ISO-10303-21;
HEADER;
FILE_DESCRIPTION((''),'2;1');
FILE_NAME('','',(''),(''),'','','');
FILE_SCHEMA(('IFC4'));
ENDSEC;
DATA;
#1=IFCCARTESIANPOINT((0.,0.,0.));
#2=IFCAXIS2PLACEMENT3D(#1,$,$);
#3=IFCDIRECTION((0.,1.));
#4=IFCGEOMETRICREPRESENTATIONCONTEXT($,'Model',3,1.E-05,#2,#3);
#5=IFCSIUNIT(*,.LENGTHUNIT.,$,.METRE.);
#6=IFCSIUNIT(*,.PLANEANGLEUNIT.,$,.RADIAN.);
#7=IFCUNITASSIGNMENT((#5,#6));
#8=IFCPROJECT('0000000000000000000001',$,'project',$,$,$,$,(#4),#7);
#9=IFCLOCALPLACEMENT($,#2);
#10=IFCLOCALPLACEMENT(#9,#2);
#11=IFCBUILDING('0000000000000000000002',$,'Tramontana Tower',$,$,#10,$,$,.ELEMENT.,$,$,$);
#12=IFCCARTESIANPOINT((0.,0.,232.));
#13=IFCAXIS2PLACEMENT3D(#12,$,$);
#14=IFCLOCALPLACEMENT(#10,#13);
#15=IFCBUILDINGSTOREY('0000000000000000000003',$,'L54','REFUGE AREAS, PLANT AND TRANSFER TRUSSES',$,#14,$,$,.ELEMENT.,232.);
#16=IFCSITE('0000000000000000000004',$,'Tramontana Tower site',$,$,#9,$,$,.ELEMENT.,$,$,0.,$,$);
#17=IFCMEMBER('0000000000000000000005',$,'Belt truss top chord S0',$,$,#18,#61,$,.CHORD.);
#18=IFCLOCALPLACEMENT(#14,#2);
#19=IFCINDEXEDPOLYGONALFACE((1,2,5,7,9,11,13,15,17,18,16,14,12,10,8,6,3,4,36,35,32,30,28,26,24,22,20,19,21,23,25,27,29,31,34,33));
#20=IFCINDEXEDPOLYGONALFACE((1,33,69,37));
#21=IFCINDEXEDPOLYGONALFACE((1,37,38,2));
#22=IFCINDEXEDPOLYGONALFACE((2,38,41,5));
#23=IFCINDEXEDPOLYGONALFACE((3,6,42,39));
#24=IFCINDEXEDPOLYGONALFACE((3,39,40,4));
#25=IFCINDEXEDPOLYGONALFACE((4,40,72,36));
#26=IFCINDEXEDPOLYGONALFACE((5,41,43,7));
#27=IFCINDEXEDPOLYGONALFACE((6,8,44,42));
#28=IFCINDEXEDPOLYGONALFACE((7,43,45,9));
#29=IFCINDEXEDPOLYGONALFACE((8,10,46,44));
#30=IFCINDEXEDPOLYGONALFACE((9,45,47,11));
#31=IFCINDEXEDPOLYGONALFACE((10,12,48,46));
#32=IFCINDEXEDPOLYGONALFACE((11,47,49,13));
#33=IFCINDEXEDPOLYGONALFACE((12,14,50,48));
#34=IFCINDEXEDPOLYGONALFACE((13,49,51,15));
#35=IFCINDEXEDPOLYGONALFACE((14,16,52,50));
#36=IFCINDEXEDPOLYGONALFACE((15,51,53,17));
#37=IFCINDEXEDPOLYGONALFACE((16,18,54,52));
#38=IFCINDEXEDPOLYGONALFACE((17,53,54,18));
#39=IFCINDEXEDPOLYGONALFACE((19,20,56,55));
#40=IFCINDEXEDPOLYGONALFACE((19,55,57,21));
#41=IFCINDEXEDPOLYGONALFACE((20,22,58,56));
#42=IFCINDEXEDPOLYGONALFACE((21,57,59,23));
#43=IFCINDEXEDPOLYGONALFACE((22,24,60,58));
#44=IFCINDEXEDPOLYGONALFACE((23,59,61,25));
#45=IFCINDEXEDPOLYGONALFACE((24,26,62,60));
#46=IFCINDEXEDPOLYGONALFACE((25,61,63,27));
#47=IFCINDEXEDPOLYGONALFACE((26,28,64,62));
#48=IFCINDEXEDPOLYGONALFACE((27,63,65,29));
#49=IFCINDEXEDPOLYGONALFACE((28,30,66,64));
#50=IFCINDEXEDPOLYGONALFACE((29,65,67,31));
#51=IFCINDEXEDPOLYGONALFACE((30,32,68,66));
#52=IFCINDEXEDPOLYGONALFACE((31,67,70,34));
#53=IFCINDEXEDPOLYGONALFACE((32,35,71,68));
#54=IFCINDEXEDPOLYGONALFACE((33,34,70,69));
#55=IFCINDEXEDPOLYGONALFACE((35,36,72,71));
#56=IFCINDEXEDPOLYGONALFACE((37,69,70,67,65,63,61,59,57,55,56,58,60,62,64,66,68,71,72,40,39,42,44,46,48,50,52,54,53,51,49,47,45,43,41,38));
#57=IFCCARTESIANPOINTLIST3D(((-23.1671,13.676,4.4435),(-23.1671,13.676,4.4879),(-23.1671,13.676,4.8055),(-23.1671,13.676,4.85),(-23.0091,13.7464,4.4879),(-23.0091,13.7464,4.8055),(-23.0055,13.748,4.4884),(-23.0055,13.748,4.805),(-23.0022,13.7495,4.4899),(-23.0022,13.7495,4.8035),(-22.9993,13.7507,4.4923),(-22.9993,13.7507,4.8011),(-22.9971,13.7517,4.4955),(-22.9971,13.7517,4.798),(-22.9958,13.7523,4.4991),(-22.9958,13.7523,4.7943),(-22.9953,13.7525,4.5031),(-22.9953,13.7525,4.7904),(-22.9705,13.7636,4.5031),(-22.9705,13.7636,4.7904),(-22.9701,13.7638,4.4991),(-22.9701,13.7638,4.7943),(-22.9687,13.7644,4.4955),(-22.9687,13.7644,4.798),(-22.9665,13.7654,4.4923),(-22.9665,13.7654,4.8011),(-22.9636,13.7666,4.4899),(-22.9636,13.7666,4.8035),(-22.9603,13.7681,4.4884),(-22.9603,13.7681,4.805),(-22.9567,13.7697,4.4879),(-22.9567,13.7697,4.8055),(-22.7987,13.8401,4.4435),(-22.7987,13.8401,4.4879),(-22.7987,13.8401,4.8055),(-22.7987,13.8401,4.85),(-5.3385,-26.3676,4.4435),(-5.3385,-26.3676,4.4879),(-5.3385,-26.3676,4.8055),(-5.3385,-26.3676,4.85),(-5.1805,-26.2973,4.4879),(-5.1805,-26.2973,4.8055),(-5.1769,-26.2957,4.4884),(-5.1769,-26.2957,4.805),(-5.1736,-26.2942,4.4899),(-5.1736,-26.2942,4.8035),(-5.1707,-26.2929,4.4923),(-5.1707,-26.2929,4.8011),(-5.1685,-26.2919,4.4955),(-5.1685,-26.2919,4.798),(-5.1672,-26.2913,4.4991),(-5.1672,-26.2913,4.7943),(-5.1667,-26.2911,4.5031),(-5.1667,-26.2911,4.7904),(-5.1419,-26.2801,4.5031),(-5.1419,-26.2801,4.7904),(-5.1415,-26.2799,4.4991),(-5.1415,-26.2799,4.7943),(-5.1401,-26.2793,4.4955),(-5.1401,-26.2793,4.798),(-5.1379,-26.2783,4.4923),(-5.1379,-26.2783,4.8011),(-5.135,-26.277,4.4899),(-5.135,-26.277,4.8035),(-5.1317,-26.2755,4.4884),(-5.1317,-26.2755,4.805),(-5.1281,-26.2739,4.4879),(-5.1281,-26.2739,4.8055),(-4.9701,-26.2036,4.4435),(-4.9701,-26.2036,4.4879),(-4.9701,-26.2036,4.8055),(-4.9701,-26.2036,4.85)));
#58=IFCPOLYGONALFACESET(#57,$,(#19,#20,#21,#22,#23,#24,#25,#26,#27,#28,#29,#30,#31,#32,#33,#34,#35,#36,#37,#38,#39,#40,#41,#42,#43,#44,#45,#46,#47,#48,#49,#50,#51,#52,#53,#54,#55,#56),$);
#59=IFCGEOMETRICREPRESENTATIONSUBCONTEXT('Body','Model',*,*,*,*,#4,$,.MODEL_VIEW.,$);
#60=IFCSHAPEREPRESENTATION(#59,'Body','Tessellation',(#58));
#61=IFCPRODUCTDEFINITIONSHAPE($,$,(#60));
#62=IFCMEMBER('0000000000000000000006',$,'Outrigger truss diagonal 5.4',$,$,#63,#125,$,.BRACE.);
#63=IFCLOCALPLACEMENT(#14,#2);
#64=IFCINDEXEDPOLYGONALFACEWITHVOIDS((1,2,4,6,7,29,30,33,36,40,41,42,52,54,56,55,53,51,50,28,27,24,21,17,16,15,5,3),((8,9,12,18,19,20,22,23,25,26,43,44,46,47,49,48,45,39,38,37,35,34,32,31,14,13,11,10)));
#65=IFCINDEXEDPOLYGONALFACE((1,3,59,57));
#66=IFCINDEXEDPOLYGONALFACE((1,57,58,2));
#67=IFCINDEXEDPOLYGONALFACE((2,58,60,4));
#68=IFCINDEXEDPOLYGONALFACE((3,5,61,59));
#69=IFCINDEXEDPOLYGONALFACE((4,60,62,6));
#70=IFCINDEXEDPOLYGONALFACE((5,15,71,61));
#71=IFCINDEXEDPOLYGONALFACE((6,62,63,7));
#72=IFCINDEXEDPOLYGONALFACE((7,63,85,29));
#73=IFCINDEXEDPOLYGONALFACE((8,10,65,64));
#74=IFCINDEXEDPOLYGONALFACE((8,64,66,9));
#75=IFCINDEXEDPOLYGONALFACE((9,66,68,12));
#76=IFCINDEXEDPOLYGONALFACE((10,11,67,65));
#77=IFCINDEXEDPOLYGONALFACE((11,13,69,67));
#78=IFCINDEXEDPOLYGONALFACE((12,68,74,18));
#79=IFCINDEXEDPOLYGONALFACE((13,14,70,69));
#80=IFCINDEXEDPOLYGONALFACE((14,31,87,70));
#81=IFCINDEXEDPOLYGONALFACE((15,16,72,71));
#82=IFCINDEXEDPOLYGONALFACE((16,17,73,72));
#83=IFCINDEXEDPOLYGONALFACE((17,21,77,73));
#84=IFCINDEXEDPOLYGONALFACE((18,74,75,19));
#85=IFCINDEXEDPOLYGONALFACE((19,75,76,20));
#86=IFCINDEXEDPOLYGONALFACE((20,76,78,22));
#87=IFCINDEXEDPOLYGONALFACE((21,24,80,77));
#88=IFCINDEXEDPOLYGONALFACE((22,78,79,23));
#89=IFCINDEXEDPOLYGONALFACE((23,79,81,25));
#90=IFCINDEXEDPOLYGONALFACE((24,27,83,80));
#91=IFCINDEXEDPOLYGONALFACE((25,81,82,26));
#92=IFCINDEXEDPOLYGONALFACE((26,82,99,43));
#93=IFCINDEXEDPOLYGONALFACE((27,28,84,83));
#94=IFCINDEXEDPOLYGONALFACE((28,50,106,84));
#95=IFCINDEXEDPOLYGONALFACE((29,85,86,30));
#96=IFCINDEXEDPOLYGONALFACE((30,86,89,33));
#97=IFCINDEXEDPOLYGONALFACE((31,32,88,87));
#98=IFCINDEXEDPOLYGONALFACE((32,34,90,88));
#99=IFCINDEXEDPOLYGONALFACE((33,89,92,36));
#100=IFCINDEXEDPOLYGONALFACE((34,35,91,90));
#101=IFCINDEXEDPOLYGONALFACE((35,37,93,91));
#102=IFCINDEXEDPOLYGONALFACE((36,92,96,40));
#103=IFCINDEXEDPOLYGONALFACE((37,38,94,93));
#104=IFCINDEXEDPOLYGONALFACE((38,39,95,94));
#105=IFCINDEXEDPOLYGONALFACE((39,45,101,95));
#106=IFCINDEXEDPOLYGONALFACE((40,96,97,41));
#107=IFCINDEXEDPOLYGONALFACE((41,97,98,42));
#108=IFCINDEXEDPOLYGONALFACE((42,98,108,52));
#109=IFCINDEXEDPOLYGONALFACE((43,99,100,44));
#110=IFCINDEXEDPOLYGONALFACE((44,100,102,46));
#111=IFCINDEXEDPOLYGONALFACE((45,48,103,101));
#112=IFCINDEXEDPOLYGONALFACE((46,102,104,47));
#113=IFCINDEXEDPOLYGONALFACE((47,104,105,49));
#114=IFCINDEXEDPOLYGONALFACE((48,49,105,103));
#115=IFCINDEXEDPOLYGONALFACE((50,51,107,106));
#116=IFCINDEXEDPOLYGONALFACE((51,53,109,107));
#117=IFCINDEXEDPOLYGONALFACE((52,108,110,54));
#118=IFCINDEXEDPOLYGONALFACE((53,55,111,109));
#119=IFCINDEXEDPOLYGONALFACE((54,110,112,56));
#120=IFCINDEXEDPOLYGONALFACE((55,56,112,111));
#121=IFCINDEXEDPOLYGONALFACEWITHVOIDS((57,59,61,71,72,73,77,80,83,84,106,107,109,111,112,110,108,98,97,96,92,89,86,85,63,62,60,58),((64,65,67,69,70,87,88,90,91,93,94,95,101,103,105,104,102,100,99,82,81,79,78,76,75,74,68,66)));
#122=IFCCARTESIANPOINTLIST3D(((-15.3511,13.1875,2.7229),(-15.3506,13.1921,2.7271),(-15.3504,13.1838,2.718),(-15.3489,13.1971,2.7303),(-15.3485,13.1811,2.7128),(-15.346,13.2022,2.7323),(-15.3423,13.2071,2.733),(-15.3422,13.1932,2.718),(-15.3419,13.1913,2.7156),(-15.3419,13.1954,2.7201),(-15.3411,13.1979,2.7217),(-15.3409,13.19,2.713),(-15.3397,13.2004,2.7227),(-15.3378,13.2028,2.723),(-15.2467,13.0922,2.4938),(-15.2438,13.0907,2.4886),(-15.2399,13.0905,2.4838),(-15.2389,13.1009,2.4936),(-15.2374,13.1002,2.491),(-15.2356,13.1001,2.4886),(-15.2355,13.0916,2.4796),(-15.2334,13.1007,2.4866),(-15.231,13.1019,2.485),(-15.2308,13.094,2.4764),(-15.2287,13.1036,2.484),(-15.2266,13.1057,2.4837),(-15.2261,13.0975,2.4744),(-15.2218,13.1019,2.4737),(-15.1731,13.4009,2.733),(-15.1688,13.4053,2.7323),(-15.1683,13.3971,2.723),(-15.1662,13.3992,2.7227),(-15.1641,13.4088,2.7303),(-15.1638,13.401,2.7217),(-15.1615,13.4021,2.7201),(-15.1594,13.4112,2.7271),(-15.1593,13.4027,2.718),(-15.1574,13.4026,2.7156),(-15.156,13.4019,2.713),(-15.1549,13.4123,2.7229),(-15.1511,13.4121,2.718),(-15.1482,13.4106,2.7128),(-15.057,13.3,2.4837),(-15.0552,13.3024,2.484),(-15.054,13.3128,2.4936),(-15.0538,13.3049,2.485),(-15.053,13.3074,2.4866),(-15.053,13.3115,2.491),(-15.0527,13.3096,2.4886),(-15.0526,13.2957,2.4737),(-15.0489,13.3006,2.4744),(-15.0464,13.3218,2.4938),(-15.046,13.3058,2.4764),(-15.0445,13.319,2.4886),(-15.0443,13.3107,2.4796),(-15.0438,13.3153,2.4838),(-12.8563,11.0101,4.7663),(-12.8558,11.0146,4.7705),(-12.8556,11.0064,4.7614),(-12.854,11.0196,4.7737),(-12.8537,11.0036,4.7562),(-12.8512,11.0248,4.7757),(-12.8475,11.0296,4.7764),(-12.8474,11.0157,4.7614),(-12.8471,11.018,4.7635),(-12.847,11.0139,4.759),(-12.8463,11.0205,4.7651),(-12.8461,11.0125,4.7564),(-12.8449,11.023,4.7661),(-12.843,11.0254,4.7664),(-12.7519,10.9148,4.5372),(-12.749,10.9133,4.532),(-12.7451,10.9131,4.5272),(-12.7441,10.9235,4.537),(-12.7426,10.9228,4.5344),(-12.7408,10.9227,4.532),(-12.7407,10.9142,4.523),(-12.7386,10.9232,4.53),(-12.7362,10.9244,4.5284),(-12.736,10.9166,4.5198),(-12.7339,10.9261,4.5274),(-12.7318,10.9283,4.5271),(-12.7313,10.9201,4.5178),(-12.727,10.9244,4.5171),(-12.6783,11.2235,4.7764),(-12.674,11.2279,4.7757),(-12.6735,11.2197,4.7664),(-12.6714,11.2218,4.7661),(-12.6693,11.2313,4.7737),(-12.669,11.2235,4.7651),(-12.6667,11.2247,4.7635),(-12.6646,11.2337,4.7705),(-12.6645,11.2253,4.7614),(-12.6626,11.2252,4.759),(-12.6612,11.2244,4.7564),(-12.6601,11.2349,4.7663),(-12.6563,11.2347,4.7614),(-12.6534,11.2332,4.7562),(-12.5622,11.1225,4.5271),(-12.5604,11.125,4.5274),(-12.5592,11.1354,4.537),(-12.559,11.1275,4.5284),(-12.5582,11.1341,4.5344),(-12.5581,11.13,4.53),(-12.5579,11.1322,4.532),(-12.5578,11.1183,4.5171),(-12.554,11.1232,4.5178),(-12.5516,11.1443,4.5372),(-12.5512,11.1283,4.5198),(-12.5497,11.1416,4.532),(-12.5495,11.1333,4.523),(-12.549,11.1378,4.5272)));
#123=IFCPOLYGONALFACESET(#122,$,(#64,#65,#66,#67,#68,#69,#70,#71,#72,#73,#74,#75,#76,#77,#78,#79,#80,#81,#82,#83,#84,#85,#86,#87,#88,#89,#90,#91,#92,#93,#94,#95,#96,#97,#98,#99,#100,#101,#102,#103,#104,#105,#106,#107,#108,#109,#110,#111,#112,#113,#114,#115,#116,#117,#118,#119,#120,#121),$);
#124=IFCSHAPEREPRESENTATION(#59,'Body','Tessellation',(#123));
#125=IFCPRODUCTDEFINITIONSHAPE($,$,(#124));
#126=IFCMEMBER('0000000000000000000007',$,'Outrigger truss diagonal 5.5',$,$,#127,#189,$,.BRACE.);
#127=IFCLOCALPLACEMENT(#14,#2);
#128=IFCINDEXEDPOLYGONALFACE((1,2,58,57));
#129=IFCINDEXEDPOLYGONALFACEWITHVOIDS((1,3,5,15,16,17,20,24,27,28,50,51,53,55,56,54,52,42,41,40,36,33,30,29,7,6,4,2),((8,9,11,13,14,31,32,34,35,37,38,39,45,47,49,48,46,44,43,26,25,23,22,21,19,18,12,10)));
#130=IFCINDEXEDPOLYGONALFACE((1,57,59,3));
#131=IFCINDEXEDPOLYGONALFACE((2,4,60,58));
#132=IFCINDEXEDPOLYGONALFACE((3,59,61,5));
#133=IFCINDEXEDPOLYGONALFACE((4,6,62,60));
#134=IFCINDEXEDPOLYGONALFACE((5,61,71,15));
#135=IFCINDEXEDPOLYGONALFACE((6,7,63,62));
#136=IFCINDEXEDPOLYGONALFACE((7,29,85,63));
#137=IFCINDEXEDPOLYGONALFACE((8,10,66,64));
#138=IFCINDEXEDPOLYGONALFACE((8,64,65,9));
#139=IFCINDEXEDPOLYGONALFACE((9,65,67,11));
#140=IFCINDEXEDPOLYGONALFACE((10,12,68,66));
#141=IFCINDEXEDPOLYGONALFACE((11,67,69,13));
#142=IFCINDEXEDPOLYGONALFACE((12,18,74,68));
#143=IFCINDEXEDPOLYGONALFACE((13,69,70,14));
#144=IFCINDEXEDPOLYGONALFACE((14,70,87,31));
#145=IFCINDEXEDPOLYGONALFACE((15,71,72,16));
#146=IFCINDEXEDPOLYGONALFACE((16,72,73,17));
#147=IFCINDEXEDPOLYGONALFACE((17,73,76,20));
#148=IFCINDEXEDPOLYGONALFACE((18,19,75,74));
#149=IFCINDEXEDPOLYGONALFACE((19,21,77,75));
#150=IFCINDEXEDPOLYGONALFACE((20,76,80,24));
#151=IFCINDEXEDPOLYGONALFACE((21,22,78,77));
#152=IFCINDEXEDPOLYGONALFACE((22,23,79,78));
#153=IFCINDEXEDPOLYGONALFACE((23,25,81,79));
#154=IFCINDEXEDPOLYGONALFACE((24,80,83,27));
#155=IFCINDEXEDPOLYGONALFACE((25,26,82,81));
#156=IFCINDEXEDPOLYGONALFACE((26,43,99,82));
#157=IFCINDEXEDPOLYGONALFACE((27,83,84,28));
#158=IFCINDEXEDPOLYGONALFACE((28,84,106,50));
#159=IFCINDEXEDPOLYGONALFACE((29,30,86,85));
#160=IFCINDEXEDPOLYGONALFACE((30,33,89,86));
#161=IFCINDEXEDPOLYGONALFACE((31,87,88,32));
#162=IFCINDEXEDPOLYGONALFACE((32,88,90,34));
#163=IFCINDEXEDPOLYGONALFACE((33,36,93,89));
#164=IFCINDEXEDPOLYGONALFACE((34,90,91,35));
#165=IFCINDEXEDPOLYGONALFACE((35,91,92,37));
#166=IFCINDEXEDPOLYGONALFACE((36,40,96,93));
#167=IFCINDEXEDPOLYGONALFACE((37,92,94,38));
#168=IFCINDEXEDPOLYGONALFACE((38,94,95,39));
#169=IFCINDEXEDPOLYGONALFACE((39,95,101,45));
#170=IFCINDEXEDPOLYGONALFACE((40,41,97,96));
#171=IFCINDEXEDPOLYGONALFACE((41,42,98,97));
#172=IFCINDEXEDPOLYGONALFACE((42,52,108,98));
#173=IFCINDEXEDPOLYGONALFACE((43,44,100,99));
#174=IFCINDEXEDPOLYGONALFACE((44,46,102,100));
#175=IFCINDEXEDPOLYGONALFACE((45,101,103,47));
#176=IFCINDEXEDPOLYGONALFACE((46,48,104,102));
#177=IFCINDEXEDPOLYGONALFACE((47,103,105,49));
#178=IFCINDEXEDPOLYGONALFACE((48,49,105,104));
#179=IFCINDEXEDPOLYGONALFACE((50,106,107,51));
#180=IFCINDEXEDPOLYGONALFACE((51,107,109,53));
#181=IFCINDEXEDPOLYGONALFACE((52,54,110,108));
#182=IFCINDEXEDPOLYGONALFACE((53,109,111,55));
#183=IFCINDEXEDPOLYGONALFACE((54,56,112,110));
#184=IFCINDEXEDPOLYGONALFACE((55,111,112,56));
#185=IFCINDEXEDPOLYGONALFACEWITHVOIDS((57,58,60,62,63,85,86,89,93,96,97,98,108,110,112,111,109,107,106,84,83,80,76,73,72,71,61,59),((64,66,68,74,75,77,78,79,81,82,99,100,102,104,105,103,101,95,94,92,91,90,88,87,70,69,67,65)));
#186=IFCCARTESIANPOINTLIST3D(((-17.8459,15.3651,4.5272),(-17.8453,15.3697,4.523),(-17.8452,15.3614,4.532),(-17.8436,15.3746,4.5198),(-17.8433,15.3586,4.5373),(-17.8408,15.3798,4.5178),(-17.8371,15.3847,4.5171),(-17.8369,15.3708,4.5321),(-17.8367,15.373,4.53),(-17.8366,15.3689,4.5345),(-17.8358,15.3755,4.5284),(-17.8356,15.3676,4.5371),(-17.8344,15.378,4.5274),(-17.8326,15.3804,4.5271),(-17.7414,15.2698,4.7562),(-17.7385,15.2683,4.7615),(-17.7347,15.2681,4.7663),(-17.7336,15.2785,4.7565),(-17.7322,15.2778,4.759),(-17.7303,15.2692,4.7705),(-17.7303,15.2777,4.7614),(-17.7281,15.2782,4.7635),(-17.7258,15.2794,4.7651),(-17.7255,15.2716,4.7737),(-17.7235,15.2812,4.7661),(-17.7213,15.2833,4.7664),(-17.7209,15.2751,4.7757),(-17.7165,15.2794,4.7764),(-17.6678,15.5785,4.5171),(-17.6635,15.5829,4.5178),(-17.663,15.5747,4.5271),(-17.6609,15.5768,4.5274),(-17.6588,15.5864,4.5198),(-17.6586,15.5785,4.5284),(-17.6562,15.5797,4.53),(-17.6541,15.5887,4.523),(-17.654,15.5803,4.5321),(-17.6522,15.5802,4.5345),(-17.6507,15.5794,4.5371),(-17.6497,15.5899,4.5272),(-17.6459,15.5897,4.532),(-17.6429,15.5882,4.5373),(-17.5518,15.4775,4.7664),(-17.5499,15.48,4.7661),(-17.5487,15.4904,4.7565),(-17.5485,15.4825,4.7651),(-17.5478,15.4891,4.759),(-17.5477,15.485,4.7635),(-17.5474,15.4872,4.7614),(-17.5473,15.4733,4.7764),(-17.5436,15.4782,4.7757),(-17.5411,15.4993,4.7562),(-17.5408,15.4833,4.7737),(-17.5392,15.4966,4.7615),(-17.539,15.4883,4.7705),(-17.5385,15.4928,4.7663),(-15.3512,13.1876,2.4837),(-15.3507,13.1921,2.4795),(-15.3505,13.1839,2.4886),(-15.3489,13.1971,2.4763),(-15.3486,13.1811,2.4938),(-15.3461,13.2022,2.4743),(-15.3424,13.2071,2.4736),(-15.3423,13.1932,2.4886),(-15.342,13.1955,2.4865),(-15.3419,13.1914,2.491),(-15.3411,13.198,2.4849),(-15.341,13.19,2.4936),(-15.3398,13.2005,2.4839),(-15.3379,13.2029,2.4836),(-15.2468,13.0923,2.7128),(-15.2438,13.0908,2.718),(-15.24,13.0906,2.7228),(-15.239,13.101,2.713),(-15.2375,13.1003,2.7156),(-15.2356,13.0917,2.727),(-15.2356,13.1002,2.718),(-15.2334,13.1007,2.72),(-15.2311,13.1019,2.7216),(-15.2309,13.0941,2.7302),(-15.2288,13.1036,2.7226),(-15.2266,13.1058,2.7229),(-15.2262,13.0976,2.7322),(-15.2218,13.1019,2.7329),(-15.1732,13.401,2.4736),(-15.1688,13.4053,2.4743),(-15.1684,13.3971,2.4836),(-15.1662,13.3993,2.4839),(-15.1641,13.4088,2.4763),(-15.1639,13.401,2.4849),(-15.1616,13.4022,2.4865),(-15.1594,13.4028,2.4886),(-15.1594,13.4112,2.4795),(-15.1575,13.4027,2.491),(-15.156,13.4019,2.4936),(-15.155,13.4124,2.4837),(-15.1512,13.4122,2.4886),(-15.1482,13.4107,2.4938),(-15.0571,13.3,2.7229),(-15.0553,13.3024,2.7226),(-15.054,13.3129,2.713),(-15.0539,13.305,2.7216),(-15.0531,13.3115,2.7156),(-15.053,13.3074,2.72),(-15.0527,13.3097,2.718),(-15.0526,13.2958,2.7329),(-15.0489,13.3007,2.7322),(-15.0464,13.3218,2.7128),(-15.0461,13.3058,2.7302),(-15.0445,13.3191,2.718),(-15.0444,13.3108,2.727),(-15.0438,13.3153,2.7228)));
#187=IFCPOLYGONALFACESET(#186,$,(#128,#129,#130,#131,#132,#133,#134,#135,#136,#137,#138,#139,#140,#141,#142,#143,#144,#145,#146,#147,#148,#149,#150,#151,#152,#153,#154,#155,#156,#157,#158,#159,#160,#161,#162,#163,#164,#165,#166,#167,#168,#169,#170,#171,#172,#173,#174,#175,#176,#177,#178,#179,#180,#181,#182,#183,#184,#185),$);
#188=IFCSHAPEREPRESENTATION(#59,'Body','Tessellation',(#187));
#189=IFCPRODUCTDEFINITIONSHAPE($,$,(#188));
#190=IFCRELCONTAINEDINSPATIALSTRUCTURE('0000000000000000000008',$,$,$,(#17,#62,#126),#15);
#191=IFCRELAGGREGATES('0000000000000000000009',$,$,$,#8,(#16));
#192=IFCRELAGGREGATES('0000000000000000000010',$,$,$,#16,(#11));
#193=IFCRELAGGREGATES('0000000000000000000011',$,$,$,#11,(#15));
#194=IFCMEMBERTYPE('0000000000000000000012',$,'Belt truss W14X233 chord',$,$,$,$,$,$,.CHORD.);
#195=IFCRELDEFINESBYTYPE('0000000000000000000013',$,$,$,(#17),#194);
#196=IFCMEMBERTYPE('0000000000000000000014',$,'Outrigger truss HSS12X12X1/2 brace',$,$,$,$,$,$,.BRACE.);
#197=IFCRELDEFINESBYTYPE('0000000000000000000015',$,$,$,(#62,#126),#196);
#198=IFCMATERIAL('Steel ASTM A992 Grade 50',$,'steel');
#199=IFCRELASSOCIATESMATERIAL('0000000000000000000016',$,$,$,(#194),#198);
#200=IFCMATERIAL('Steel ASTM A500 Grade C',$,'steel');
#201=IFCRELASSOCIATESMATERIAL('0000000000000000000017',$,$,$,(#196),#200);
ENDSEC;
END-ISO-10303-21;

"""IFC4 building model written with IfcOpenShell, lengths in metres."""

from ifc_helpers import new_model, si_unit, direction, frame, origin, origin_2d, place, context, subcontext, project, spatial, hollow_rectangle, i_section, extrude, material, material_profile, profile_set, type_object, element, save


model = new_model("IFC4")

# Units and contexts
model_context = context("Model", 3, precision=1e-05, world=origin(), true_north=direction((0.0, 1.0)))
body_context = subcontext(model_context, "Body", "Model", "MODEL_VIEW")
ifc_project = project(units=[si_unit("LENGTHUNIT", "METRE"), si_unit("PLANEANGLEUNIT", "RADIAN")], contexts=[model_context])

# Site, building, storey
site_placement = place(None, origin())
site = spatial("IfcSite", under=ifc_project, at=site_placement, Name="Tramontana Tower site", CompositionType="ELEMENT", RefElevation=0.0)
building_placement = place(site_placement, origin())
building = spatial("IfcBuilding", under=site, at=building_placement, Name="Tramontana Tower", CompositionType="ELEMENT")
storey_placement = place(building_placement, frame((0.0, 0.0, 232.0)))
storey = spatial("IfcBuildingStorey", under=building, at=storey_placement, Name="L54", Description="REFUGE AREAS, PLANT AND TRANSFER TRUSSES", CompositionType="ELEMENT", Elevation=232.0)

# Members
ifc_material_1 = material(Name="Steel ASTM A992 Grade 50", Category="steel")
ifc_material_profile_1 = material_profile(ifc_material_1, i_section(OverallWidth=0.4033, OverallDepth=0.4065, WebThickness=0.0271, FlangeThickness=0.0444, FilletRadius=0.0151, at=origin_2d()), Name="W14X233")
ifc_profile_set_1 = profile_set([ifc_material_profile_1], Name="Steel ASTM A992 Grade 50")
member_type_1 = type_object("IfcMemberType", Name="Belt truss W14X233 chord", PredefinedType="CHORD", material=ifc_profile_set_1)
for number, where, z_axis, x_axis, name in (
    (1, (-22.9829, 13.7581, 4.6467), (0.406737, -0.913545, 0.0), (0.913545, 0.406737, 0.0), "Belt truss top chord S0"),
):
    element("IfcMember", number, at=place(storey_placement, frame(where, z_axis=z_axis, x_axis=x_axis)), inside=storey, type_object=member_type_1, Name=name, PredefinedType="CHORD", context=body_context, shape_type="SweptSolid", body=[
        extrude(i_section(OverallWidth=0.4033, OverallDepth=0.4065, WebThickness=0.0271, FlangeThickness=0.0444, FilletRadius=0.0151, at=origin_2d()), origin(), (0.0, 0.0, 1.0), 43.8333),
    ])
ifc_material_2 = material(Name="Steel ASTM A500 Grade C", Category="steel")
ifc_material_profile_2 = material_profile(ifc_material_2, hollow_rectangle(XDim=0.3047, YDim=0.3047, WallThickness=0.0117, InnerFilletRadius=0.0117, OuterFilletRadius=0.0237, at=origin_2d()), Name="HSS12X12X1/2")
ifc_profile_set_2 = profile_set([ifc_material_profile_2], Name="Steel ASTM A500 Grade C")
member_type_2 = type_object("IfcMemberType", Name="Outrigger truss HSS12X12X1/2 brace", PredefinedType="BRACE", material=ifc_profile_set_2)
for number, where, z_axis, x_axis, name in (
    (2, (-12.7026, 11.074, 4.6467), (-0.641155, 0.559591, -0.525146), (-0.657559, -0.753403, 0.0), "Outrigger truss diagonal 5.4"),
    (3, (-15.1975, 13.2515, 2.6033), (-0.641118, 0.559614, 0.525167), (-0.657596, -0.753371, 0.0), "Outrigger truss diagonal 5.5"),
):
    element("IfcMember", number, at=place(storey_placement, frame(where, z_axis=z_axis, x_axis=x_axis)), inside=storey, type_object=member_type_2, Name=name, PredefinedType="BRACE", context=body_context, shape_type="SweptSolid", body=[
        extrude(hollow_rectangle(XDim=0.3047, YDim=0.3047, WallThickness=0.0117, InnerFilletRadius=0.0117, OuterFilletRadius=0.0237, at=origin_2d()), origin(), (0.0, 0.0, 1.0), 3.8911),
    ])

save(model, "model.ifc")
